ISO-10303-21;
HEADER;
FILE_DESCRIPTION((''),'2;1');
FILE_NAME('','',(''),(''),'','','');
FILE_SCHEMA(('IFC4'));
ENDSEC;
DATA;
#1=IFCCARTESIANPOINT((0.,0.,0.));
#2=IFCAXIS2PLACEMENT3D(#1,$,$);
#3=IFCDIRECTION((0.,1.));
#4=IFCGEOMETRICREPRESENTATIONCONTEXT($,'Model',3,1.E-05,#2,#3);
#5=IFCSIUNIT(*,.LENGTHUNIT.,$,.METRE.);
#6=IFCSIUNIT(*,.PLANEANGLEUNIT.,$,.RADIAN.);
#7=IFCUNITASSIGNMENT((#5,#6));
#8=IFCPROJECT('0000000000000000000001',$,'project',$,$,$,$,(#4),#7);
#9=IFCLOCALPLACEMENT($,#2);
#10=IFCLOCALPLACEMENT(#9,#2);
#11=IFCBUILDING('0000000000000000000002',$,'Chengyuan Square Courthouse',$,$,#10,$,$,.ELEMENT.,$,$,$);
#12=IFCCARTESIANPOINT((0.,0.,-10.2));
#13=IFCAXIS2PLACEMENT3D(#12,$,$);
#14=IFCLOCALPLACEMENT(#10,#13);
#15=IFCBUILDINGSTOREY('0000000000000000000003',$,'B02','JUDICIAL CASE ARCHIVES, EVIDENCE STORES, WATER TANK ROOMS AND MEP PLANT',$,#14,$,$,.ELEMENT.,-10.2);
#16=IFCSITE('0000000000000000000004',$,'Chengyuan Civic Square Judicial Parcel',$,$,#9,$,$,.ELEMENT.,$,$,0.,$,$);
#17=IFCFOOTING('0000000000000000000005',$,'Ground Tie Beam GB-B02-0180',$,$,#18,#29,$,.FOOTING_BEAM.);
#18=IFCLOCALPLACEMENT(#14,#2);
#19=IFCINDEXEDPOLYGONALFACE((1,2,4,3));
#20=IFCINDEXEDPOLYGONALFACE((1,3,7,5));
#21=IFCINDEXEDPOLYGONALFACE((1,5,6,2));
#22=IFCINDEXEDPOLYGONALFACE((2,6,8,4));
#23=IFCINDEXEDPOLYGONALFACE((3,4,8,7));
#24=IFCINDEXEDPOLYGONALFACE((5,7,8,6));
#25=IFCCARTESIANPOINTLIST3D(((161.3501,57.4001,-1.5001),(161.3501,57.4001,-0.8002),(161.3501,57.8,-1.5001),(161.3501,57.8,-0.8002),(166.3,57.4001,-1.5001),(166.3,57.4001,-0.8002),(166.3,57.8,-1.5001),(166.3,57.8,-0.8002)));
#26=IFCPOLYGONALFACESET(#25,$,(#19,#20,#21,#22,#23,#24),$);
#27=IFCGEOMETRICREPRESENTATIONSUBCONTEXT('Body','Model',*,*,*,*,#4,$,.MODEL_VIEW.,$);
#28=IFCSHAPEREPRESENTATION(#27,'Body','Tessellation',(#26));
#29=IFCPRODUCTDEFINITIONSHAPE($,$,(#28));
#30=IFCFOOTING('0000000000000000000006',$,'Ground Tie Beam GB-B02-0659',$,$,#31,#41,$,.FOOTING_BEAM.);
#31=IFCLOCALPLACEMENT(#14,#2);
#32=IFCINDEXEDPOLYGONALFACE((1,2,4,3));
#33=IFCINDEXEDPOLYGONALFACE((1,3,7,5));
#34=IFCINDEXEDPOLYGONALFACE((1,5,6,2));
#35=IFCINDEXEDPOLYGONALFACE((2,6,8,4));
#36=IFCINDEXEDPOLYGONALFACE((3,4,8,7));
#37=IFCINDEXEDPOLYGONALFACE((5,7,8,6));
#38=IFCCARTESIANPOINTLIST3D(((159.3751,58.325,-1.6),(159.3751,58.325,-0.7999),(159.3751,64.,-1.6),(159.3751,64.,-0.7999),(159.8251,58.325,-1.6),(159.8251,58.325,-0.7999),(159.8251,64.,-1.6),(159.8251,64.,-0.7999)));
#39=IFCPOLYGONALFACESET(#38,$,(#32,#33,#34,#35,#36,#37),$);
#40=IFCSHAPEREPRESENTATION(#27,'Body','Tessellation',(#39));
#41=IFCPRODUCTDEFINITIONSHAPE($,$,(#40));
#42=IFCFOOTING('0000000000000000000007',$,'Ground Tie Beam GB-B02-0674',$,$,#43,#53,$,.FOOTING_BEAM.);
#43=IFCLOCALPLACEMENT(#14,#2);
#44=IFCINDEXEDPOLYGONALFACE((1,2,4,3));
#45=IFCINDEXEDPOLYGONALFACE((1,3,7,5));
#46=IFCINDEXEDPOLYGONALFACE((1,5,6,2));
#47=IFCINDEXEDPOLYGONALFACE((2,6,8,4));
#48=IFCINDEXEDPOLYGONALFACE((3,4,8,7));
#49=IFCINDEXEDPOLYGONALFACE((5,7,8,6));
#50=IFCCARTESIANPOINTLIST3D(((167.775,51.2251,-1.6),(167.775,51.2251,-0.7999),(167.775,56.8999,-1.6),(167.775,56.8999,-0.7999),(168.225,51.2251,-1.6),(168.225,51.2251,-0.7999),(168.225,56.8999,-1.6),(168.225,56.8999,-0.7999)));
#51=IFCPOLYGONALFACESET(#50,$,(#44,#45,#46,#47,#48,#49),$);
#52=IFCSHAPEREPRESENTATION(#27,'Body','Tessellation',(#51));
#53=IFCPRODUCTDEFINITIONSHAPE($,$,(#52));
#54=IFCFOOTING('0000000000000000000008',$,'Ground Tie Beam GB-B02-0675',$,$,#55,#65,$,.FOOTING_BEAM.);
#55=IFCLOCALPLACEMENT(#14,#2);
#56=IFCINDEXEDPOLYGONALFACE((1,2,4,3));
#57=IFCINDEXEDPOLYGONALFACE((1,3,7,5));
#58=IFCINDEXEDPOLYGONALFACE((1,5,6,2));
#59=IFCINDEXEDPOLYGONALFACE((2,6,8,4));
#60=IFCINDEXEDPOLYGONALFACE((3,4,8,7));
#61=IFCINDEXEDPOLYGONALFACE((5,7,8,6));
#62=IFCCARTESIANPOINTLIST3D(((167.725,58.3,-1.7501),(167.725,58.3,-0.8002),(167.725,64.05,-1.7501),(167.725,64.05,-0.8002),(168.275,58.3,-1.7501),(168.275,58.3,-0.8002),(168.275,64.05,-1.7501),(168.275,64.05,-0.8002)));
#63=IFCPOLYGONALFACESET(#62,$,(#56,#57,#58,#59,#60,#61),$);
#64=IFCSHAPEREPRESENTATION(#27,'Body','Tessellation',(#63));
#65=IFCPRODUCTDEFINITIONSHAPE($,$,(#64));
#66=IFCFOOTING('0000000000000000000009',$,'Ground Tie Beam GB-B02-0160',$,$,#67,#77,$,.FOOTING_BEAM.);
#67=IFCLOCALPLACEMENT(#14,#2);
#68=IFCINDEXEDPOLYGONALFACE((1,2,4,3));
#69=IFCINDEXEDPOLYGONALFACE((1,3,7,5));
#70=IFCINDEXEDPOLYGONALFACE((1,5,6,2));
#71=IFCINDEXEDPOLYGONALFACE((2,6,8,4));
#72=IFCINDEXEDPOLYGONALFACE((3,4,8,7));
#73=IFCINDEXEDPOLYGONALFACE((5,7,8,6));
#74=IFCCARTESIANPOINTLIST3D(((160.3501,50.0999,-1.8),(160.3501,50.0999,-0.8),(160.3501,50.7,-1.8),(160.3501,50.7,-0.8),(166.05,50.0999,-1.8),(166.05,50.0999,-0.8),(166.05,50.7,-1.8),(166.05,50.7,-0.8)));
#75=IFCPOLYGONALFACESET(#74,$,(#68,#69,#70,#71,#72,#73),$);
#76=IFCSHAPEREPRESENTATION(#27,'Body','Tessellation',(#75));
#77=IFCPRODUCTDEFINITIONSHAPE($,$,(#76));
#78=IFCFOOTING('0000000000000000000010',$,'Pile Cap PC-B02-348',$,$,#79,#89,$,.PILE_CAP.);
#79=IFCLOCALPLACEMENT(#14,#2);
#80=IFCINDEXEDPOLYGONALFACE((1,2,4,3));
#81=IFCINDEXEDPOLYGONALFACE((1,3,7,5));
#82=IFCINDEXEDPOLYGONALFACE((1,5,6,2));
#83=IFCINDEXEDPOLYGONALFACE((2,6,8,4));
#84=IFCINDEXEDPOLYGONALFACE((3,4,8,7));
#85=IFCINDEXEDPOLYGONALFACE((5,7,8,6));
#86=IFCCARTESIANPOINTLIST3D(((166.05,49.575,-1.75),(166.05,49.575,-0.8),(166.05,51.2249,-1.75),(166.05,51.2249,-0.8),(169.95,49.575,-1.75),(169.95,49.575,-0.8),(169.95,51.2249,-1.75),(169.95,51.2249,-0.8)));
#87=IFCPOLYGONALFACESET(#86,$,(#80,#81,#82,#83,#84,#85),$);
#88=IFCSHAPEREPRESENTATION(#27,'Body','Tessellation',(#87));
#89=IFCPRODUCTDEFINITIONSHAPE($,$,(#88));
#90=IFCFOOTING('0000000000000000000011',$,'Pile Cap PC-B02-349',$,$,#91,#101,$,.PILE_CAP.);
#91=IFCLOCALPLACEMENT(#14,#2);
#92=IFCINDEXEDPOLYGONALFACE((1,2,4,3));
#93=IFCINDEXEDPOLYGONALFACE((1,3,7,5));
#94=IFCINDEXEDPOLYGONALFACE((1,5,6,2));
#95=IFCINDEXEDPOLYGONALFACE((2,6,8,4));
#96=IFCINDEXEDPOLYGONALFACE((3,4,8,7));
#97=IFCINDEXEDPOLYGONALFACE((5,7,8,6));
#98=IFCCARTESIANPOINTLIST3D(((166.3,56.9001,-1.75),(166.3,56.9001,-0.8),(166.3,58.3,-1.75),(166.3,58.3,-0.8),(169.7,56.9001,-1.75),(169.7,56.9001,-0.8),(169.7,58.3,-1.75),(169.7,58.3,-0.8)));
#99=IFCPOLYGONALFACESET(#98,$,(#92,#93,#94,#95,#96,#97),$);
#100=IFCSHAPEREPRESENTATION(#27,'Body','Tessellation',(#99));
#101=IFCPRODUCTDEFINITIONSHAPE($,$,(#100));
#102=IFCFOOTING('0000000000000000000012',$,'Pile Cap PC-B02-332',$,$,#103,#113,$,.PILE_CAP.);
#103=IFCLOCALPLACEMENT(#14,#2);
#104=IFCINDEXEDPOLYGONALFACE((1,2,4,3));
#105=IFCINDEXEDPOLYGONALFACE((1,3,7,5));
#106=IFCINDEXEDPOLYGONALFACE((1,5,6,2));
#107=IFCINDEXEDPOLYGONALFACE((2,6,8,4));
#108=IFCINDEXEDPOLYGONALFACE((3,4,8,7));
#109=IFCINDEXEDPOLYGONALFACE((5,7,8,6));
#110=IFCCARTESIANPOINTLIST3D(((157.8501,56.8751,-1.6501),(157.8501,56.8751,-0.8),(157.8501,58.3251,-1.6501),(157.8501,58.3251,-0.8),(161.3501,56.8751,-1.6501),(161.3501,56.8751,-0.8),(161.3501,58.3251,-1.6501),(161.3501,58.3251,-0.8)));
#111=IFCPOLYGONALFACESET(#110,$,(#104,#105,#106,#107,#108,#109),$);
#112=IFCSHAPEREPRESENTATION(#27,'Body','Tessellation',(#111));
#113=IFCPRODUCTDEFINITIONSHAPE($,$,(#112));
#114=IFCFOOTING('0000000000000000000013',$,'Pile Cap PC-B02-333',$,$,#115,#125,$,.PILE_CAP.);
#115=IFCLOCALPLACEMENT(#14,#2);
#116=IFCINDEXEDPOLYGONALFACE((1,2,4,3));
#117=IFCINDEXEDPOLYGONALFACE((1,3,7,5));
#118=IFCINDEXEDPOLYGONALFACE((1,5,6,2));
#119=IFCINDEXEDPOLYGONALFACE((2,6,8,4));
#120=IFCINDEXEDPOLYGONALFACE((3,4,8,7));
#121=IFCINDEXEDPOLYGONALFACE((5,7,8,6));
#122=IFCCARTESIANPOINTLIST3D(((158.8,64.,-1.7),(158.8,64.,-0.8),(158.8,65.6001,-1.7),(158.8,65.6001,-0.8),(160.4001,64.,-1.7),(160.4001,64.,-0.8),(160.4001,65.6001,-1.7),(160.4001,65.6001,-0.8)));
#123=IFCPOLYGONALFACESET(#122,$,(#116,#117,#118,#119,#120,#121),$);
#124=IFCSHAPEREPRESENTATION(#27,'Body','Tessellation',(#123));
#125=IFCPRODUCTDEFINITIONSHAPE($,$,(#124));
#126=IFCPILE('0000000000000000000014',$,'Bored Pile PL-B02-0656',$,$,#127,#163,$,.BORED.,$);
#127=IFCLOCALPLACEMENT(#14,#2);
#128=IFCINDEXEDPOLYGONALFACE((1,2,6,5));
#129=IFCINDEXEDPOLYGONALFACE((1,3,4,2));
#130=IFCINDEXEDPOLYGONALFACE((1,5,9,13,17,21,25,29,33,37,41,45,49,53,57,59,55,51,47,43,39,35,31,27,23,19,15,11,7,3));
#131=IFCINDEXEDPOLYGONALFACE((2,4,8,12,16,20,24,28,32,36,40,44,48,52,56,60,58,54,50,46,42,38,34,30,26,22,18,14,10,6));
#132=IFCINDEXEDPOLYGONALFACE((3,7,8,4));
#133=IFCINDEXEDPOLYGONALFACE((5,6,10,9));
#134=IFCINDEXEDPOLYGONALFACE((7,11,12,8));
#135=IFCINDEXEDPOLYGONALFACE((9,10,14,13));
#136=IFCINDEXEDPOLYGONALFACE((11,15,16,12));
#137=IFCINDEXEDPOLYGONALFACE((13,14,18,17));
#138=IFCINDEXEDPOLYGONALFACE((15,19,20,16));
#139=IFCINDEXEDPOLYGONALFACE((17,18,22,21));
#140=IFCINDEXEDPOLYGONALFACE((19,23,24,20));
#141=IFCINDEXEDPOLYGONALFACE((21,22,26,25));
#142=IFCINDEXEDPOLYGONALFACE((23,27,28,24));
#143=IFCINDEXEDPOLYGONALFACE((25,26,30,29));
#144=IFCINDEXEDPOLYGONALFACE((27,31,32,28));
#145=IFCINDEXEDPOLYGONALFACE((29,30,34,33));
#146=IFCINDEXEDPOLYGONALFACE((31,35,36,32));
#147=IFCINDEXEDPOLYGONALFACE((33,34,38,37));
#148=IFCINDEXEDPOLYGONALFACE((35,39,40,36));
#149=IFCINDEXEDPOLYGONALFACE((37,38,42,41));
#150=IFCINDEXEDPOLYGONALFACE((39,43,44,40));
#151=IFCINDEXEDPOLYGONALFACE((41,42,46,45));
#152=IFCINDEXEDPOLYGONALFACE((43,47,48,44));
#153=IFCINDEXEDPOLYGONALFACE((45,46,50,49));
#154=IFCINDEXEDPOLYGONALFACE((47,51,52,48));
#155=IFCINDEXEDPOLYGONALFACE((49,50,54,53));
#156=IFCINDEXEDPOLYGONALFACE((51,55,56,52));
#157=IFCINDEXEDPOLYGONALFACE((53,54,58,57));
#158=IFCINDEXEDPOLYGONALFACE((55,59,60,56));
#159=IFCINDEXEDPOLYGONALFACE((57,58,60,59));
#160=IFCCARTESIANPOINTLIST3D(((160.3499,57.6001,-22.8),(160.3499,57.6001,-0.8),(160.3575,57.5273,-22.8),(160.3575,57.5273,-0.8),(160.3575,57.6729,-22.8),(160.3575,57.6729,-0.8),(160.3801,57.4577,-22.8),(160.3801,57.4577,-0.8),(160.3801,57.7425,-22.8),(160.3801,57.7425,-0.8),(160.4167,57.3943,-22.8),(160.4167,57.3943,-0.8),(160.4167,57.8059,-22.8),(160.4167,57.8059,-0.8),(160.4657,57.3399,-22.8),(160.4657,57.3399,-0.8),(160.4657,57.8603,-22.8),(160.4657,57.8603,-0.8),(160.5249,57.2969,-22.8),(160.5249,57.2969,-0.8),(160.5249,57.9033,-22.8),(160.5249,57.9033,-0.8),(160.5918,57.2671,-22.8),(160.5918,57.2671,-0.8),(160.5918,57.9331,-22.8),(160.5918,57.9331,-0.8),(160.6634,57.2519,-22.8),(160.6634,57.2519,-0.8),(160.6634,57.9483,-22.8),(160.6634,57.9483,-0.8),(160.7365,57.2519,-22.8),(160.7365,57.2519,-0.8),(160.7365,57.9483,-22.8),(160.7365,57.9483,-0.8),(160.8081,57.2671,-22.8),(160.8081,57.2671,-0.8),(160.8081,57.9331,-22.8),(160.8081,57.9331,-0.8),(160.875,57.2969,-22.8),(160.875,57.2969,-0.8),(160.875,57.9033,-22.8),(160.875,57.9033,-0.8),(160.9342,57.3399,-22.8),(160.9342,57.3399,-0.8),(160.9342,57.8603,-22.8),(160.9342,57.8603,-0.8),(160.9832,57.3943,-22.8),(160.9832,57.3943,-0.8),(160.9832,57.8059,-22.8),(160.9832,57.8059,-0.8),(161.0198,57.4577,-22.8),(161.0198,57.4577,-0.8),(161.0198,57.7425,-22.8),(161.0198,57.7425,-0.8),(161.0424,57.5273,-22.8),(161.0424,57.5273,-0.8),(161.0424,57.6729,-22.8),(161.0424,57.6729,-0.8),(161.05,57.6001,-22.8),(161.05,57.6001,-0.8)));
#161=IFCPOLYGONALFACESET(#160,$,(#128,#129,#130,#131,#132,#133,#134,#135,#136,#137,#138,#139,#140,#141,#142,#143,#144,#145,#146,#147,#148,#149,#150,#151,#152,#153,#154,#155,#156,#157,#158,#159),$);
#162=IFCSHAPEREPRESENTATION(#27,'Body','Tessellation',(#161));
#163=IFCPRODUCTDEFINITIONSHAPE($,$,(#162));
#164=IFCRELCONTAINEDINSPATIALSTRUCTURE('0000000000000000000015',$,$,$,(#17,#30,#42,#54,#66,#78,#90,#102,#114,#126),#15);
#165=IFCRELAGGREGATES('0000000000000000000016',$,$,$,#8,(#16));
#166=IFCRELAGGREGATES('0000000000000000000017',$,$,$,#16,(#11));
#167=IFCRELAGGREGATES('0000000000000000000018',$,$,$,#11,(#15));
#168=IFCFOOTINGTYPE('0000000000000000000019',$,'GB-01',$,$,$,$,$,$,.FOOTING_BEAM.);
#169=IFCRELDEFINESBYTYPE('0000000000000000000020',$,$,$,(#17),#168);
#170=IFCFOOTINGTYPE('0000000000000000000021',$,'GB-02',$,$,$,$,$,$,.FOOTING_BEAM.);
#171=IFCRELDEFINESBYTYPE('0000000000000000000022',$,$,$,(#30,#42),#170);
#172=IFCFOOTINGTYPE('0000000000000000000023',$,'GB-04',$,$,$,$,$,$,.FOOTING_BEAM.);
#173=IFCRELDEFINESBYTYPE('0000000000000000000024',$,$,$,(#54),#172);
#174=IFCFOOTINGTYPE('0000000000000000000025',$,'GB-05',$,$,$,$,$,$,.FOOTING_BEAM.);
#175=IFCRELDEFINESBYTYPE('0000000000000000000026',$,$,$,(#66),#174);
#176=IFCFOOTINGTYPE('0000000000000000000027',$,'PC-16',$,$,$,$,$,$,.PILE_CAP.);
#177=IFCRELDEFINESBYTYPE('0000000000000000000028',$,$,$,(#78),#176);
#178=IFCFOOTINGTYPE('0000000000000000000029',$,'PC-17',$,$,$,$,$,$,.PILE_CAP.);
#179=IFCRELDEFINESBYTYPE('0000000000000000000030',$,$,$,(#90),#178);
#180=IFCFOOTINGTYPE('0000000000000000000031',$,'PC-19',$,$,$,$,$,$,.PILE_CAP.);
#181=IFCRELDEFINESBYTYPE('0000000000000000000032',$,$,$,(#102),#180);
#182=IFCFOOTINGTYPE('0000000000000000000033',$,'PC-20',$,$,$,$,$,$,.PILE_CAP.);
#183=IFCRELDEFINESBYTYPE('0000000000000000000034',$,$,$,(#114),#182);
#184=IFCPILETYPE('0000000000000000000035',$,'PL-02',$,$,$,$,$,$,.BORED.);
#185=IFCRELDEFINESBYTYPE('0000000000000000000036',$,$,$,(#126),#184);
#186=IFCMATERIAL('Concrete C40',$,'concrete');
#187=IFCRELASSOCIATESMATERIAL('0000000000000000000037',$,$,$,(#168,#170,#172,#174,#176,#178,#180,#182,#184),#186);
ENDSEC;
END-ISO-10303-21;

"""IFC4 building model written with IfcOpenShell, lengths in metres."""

from ifc_helpers import new_model, si_unit, direction, frame, origin, origin_2d, place, context, subcontext, project, spatial, rectangle, circle, extrude, material, material_profile, profile_set, type_object, element, save


model = new_model("IFC4")

# Units and contexts
model_context = context("Model", 3, precision=1e-05, world=origin(), true_north=direction((0.0, 1.0)))
body_context = subcontext(model_context, "Body", "Model", "MODEL_VIEW")
ifc_project = project(units=[si_unit("LENGTHUNIT", "METRE"), si_unit("PLANEANGLEUNIT", "RADIAN")], contexts=[model_context])

# Site, building, storey
site_placement = place(None, origin())
site = spatial("IfcSite", under=ifc_project, at=site_placement, Name="Chengyuan Civic Square Judicial Parcel", CompositionType="ELEMENT", RefElevation=0.0)
building_placement = place(site_placement, origin())
building = spatial("IfcBuilding", under=site, at=building_placement, Name="Chengyuan Square Courthouse", CompositionType="ELEMENT")
storey_placement = place(building_placement, frame((0.0, 0.0, -10.2)))
storey = spatial("IfcBuildingStorey", under=building, at=storey_placement, Name="B02", Description="JUDICIAL CASE ARCHIVES, EVIDENCE STORES, WATER TANK ROOMS AND MEP PLANT", CompositionType="ELEMENT", Elevation=-10.2)

# Footings
ifc_material_1 = material(Name="Concrete C40", Category="concrete")
ifc_material_profile_1 = material_profile(ifc_material_1, rectangle(XDim=0.3999, YDim=0.7, at=origin_2d()), Name="GB-400x700")
ifc_profile_set_1 = profile_set([ifc_material_profile_1], Name="Concrete C40")
footing_type_1 = type_object("IfcFootingType", Name="GB-01", PredefinedType="FOOTING_BEAM", material=ifc_profile_set_1)
footing_1_placement = place(storey_placement, frame((161.3501, 57.6001, -1.1501), z_axis=(1.0, 0.0, 0.0), x_axis=(0.0, 1.0, 0.0)))
element("IfcFooting", 1, at=footing_1_placement, inside=storey, type_object=footing_type_1, Name="Ground Tie Beam GB-B02-0180", PredefinedType="FOOTING_BEAM", context=body_context, shape_type="SweptSolid", body=[
    extrude(rectangle(XDim=0.3999, YDim=0.7, at=origin_2d()), origin(), (0.0, 0.0, 1.0), 4.95),
])
ifc_material_profile_2 = material_profile(ifc_material_1, rectangle(XDim=0.45, YDim=0.8, at=origin_2d()), Name="GB-450x800")
ifc_profile_set_2 = profile_set([ifc_material_profile_2], Name="Concrete C40")
footing_type_2 = type_object("IfcFootingType", Name="GB-02", PredefinedType="FOOTING_BEAM", material=ifc_profile_set_2)
footing_2_placement = place(storey_placement, frame((159.6001, 58.325, -1.2), z_axis=(0.0, 1.0, 0.0), x_axis=(-1.0, 0.0, 0.0)))
element("IfcFooting", 2, at=footing_2_placement, inside=storey, type_object=footing_type_2, Name="Ground Tie Beam GB-B02-0659", PredefinedType="FOOTING_BEAM", context=body_context, shape_type="SweptSolid", body=[
    extrude(rectangle(XDim=0.45, YDim=0.8, at=origin_2d()), origin(), (0.0, 0.0, 1.0), 5.675),
])
footing_3_placement = place(storey_placement, frame((168.0, 51.2251, -1.2), z_axis=(0.0, 1.0, 0.0), x_axis=(-1.0, 0.0, 0.0)))
element("IfcFooting", 3, at=footing_3_placement, inside=storey, type_object=footing_type_2, Name="Ground Tie Beam GB-B02-0674", PredefinedType="FOOTING_BEAM", context=body_context, shape_type="SweptSolid", body=[
    extrude(rectangle(XDim=0.45, YDim=0.8, at=origin_2d()), origin(), (0.0, 0.0, 1.0), 5.6748),
])
ifc_material_profile_3 = material_profile(ifc_material_1, rectangle(XDim=0.55, YDim=0.95, at=origin_2d()), Name="GB-550x950")
ifc_profile_set_3 = profile_set([ifc_material_profile_3], Name="Concrete C40")
footing_type_3 = type_object("IfcFootingType", Name="GB-04", PredefinedType="FOOTING_BEAM", material=ifc_profile_set_3)
footing_4_placement = place(storey_placement, frame((168.0, 58.3, -1.2751), z_axis=(0.0, 1.0, 0.0), x_axis=(-1.0, 0.0, 0.0)))
element("IfcFooting", 4, at=footing_4_placement, inside=storey, type_object=footing_type_3, Name="Ground Tie Beam GB-B02-0675", PredefinedType="FOOTING_BEAM", context=body_context, shape_type="SweptSolid", body=[
    extrude(rectangle(XDim=0.55, YDim=0.95, at=origin_2d()), origin(), (0.0, 0.0, 1.0), 5.75),
])
ifc_material_profile_4 = material_profile(ifc_material_1, rectangle(XDim=0.6001, YDim=1.0, at=origin_2d()), Name="GB-600x1000")
ifc_profile_set_4 = profile_set([ifc_material_profile_4], Name="Concrete C40")
footing_type_4 = type_object("IfcFootingType", Name="GB-05", PredefinedType="FOOTING_BEAM", material=ifc_profile_set_4)
footing_5_placement = place(storey_placement, frame((160.3501, 50.3999, -1.3), z_axis=(1.0, 0.0, 0.0), x_axis=(0.0, 1.0, 0.0)))
element("IfcFooting", 5, at=footing_5_placement, inside=storey, type_object=footing_type_4, Name="Ground Tie Beam GB-B02-0160", PredefinedType="FOOTING_BEAM", context=body_context, shape_type="SweptSolid", body=[
    extrude(rectangle(XDim=0.6001, YDim=1.0, at=origin_2d()), origin(), (0.0, 0.0, 1.0), 5.7),
])
footing_type_5 = type_object("IfcFootingType", Name="PC-16", PredefinedType="PILE_CAP", material=ifc_material_1)
footing_6_placement = place(storey_placement, frame((168.0, 50.3999, -1.75), z_axis=(0.0, 0.0, 1.0), x_axis=(1.0, 0.0, 0.0)))
element("IfcFooting", 6, at=footing_6_placement, inside=storey, type_object=footing_type_5, Name="Pile Cap PC-B02-348", PredefinedType="PILE_CAP", context=body_context, shape_type="SweptSolid", body=[
    extrude(rectangle(XDim=3.8999, YDim=1.6499, at=origin_2d()), origin(), (0.0, 0.0, 1.0), 0.95),
])
footing_type_6 = type_object("IfcFootingType", Name="PC-17", PredefinedType="PILE_CAP", material=ifc_material_1)
footing_7_placement = place(storey_placement, frame((168.0, 57.6001, -1.75), z_axis=(0.0, 0.0, 1.0), x_axis=(1.0, 0.0, 0.0)))
element("IfcFooting", 7, at=footing_7_placement, inside=storey, type_object=footing_type_6, Name="Pile Cap PC-B02-349", PredefinedType="PILE_CAP", context=body_context, shape_type="SweptSolid", body=[
    extrude(rectangle(XDim=3.3999, YDim=1.3999, at=origin_2d()), origin(), (0.0, 0.0, 1.0), 0.95),
])
footing_type_7 = type_object("IfcFootingType", Name="PC-19", PredefinedType="PILE_CAP", material=ifc_material_1)
footing_8_placement = place(storey_placement, frame((159.6001, 57.6001, -1.6501), z_axis=(0.0, 0.0, 1.0), x_axis=(1.0, 0.0, 0.0)))
element("IfcFooting", 8, at=footing_8_placement, inside=storey, type_object=footing_type_7, Name="Pile Cap PC-B02-332", PredefinedType="PILE_CAP", context=body_context, shape_type="SweptSolid", body=[
    extrude(rectangle(XDim=3.5, YDim=1.45, at=origin_2d()), origin(), (0.0, 0.0, 1.0), 0.8501),
])
footing_type_8 = type_object("IfcFootingType", Name="PC-20", PredefinedType="PILE_CAP", material=ifc_material_1)
footing_9_placement = place(storey_placement, frame((159.6001, 64.8, -1.7), z_axis=(0.0, 0.0, 1.0), x_axis=(1.0, 0.0, 0.0)))
element("IfcFooting", 9, at=footing_9_placement, inside=storey, type_object=footing_type_8, Name="Pile Cap PC-B02-333", PredefinedType="PILE_CAP", context=body_context, shape_type="SweptSolid", body=[
    extrude(rectangle(XDim=1.6001, YDim=1.6001, at=origin_2d()), origin(), (0.0, 0.0, 1.0), 0.8999),
])

# Pile
ifc_material_profile_5 = material_profile(ifc_material_1, circle(Radius=0.3501, at=origin_2d()), Name="BORED PILE D700")
ifc_profile_set_5 = profile_set([ifc_material_profile_5], Name="Concrete C40")
pile_type_1 = type_object("IfcPileType", Name="PL-02", PredefinedType="BORED", material=ifc_profile_set_5)
for number, where, z_axis, x_axis, name in (
    (10, (160.7, 57.6001, -0.8), (0.0, 0.0, -1.0), (1.0, 0.0, 0.0), "Bored Pile PL-B02-0656"),
):
    element("IfcPile", number, at=place(storey_placement, frame(where, z_axis=z_axis, x_axis=x_axis)), inside=storey, type_object=pile_type_1, Name=name, PredefinedType="BORED", context=body_context, shape_type="SweptSolid", body=[
        extrude(circle(Radius=0.3501, at=origin_2d()), origin(), (0.0, 0.0, 1.0), 22.0),
    ])

save(model, "model.ifc")
